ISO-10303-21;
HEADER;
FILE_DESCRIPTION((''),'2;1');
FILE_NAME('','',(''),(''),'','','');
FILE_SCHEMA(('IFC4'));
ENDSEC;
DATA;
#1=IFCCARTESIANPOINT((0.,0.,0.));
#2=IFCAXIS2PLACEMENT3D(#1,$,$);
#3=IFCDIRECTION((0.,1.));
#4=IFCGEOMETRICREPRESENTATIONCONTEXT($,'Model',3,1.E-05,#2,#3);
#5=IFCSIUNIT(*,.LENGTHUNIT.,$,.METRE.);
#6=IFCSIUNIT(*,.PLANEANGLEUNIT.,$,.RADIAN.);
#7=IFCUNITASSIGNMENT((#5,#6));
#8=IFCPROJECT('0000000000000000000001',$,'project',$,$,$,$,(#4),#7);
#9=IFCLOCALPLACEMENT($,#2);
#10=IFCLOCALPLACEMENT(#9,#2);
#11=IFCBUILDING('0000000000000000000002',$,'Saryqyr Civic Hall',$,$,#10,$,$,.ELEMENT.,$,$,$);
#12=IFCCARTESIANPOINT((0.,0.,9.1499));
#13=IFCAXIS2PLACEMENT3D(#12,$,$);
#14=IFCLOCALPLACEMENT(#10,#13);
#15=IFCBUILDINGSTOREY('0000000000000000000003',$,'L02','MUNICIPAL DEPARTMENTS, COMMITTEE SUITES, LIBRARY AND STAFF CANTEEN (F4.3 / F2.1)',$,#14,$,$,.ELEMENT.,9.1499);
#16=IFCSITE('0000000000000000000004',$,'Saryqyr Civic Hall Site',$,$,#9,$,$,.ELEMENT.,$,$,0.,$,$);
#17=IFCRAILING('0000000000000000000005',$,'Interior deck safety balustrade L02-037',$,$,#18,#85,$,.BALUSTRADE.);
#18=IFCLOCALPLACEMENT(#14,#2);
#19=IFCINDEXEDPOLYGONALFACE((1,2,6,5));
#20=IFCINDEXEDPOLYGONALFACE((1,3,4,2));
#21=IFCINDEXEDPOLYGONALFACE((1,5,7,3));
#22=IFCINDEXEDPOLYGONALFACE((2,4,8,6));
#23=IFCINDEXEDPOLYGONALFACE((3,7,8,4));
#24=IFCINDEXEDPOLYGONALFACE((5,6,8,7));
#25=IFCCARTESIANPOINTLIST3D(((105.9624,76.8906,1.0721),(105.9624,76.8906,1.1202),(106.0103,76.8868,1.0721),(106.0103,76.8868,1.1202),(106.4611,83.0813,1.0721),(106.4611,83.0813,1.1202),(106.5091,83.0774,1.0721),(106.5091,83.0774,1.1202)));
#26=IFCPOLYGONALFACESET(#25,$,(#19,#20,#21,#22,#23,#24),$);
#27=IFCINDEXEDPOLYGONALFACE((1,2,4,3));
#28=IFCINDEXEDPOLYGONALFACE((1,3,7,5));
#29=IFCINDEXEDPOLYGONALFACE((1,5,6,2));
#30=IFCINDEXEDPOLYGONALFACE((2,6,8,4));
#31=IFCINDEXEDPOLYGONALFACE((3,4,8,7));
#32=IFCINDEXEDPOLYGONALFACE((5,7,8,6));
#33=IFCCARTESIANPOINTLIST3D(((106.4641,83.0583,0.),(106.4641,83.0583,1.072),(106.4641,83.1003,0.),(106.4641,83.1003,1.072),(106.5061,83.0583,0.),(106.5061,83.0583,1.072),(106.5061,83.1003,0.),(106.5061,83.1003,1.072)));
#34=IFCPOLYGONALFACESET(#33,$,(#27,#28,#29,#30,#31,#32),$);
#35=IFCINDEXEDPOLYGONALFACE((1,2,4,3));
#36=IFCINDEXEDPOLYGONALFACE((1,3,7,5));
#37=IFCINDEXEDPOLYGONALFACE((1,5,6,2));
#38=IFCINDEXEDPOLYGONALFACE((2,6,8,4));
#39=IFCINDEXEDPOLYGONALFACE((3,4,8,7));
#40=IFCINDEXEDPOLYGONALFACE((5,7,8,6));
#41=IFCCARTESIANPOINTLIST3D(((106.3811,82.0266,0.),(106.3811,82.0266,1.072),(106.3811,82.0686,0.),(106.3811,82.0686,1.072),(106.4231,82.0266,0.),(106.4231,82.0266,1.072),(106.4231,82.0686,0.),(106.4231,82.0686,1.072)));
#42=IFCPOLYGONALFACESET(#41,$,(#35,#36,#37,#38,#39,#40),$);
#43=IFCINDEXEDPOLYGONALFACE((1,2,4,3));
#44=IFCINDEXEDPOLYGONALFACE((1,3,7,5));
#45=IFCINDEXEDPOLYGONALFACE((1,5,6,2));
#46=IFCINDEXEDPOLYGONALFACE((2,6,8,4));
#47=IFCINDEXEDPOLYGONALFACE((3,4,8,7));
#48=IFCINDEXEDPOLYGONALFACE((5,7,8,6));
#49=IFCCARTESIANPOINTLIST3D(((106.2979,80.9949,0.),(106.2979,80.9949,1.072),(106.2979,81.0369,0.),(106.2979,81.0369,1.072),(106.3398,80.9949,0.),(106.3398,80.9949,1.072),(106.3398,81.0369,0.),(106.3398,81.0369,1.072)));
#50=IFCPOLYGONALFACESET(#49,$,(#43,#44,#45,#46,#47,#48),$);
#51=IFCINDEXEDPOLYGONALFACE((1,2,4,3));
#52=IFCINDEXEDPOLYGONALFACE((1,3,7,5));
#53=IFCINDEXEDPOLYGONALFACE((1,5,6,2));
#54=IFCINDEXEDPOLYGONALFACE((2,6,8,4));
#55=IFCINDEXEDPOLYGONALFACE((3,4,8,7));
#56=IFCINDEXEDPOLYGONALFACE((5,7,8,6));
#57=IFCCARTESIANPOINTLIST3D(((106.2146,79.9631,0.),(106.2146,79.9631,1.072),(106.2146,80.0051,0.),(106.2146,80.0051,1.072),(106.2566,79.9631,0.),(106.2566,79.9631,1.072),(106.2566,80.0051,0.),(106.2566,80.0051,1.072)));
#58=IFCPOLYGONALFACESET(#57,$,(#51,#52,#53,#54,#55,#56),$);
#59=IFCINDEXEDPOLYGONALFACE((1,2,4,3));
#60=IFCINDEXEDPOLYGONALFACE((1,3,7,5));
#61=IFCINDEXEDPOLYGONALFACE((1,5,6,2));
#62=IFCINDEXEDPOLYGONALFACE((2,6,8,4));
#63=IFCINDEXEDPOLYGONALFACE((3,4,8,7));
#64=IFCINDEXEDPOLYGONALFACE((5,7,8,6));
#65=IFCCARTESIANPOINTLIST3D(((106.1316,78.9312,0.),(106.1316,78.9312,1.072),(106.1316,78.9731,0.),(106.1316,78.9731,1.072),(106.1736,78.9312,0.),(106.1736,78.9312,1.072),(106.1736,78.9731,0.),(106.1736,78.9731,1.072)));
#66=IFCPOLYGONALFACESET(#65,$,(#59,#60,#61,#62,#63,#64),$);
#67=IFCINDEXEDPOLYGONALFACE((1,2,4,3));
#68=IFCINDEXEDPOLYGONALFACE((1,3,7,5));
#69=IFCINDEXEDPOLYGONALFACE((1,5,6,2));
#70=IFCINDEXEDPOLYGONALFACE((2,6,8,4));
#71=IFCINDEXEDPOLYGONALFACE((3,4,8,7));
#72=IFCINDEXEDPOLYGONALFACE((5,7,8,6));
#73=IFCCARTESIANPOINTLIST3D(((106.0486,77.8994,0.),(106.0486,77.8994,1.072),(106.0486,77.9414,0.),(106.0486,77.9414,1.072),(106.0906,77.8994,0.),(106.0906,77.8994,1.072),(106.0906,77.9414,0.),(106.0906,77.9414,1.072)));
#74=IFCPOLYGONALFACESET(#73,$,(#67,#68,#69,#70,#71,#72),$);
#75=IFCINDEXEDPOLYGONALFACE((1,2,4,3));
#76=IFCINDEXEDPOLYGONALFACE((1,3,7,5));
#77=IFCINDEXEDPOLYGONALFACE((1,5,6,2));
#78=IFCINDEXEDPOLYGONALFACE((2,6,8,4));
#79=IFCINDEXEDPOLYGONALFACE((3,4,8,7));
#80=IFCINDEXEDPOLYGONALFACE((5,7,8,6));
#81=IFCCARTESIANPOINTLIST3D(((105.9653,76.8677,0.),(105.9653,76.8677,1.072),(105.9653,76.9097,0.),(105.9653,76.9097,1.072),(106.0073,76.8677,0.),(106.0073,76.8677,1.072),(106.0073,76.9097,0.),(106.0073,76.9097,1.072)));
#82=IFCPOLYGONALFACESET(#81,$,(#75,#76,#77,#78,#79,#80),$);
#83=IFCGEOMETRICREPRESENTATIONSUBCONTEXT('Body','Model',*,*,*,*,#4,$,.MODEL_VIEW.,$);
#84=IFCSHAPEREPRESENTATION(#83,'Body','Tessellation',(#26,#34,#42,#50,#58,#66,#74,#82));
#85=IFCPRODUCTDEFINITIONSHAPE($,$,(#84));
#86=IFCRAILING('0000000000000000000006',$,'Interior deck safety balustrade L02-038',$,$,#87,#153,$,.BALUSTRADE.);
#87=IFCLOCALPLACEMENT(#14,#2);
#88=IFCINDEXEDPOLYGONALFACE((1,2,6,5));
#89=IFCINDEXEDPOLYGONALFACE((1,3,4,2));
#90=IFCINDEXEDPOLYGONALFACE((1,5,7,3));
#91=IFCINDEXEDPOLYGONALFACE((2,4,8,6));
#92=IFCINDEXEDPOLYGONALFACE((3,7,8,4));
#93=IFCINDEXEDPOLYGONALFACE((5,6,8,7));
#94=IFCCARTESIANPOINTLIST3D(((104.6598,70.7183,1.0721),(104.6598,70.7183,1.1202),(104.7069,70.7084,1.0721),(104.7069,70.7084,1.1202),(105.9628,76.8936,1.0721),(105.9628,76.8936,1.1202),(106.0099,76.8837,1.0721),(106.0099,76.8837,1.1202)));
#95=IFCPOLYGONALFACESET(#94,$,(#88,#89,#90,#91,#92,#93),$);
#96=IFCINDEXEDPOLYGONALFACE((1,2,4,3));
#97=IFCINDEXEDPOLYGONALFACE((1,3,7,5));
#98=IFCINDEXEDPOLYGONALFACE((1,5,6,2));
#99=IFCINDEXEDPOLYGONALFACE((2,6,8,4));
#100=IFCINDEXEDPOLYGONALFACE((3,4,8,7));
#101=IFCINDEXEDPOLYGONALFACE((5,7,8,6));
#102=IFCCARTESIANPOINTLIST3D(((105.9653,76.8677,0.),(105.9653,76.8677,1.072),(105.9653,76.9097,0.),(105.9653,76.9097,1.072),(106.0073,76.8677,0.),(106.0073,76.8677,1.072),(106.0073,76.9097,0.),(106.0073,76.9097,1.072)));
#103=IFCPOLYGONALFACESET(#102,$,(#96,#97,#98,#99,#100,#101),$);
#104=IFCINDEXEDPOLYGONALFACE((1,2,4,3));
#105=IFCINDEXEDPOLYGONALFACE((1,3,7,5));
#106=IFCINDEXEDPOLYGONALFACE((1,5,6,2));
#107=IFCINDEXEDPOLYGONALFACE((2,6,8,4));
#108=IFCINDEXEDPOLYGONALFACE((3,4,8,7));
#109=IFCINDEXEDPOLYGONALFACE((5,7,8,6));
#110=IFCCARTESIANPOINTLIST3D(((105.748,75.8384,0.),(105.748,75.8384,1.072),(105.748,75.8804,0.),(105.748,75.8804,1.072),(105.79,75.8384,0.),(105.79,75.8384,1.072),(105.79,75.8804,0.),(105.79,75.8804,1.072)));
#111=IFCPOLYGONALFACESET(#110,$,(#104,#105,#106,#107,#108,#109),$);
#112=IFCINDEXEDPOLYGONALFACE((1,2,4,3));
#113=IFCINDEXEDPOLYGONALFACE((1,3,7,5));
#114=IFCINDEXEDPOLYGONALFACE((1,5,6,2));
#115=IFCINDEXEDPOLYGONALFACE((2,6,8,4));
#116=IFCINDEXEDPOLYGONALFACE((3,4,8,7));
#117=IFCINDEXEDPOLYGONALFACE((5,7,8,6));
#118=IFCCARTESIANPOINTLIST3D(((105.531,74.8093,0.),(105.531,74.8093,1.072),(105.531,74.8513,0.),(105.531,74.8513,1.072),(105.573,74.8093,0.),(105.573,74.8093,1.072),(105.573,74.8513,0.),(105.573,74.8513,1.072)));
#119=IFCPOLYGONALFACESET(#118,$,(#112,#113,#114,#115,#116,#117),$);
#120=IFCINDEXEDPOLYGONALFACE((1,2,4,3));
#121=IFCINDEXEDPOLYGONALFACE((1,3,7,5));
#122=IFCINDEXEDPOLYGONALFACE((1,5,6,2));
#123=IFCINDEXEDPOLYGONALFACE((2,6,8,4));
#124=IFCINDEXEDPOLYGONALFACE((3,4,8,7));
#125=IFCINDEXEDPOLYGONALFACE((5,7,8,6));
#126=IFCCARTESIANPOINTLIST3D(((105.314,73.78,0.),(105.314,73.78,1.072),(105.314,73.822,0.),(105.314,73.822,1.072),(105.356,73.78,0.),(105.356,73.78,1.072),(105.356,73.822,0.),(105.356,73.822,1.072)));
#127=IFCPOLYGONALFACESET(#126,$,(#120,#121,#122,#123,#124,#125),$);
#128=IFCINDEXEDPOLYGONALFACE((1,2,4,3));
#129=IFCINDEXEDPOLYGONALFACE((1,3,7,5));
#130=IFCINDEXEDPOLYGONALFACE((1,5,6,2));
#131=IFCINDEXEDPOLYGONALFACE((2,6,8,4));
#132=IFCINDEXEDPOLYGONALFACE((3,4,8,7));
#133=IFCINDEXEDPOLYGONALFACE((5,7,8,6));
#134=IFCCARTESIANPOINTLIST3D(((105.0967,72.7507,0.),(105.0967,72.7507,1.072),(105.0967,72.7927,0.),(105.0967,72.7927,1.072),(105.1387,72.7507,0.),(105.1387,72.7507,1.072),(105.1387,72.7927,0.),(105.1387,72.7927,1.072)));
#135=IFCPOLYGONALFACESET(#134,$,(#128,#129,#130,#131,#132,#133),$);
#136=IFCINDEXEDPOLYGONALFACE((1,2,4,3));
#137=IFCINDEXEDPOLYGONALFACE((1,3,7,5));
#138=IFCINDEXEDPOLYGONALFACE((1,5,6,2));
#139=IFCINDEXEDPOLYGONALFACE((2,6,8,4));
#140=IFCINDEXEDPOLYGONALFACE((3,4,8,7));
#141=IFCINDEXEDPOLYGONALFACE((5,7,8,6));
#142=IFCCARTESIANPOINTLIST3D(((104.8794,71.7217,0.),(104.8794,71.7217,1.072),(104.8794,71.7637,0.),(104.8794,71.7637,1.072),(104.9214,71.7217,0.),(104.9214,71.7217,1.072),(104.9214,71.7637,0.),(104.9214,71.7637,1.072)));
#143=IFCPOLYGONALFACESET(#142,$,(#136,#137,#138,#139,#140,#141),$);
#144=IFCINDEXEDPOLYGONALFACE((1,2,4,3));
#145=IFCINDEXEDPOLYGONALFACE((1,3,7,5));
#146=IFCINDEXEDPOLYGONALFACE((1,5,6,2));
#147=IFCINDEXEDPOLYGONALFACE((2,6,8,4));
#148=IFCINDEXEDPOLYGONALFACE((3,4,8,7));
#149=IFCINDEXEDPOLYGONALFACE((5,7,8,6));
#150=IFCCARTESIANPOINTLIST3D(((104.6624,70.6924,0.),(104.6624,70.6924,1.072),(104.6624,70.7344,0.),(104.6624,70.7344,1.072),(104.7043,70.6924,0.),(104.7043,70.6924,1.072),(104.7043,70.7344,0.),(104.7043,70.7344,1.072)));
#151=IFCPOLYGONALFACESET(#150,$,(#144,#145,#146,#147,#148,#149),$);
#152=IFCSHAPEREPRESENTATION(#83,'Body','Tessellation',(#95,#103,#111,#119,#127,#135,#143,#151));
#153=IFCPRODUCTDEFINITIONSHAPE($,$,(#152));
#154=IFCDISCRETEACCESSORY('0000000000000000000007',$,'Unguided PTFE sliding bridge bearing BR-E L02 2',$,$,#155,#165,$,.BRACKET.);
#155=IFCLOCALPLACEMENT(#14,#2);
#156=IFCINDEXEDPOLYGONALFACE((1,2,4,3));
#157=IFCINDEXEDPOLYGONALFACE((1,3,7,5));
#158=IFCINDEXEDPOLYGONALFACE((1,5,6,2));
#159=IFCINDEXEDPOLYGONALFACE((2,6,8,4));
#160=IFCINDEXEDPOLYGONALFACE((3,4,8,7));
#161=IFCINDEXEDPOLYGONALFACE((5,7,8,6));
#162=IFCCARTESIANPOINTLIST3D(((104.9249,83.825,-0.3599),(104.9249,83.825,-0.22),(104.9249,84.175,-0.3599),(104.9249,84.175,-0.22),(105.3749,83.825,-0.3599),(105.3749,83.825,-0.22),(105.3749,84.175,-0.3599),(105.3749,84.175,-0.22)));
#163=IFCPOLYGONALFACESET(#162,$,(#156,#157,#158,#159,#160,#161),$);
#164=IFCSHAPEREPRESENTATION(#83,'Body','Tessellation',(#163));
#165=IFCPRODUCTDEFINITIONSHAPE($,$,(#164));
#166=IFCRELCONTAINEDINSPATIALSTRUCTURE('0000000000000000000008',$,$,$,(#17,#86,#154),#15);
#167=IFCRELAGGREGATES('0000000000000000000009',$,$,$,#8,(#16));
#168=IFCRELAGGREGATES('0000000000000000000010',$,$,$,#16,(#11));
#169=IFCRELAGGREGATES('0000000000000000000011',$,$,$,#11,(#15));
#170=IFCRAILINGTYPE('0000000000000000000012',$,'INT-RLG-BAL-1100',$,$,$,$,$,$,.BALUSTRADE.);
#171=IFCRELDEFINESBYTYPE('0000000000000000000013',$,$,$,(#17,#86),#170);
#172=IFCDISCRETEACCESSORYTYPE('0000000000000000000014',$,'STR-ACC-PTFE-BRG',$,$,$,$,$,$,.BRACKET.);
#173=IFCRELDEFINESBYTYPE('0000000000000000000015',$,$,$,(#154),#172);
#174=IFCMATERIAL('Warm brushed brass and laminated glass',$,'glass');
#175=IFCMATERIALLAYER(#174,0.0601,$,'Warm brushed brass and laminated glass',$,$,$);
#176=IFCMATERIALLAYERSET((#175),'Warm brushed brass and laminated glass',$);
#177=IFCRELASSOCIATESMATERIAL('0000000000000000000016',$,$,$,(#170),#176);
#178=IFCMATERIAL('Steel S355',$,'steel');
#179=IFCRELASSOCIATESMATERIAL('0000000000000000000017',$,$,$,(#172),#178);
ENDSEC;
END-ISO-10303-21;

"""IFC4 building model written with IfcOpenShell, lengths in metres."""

from ifc_helpers import new_model, si_unit, direction, frame, origin, origin_2d, place, context, subcontext, project, spatial, rectangle, extrude, material, layer, layer_set, type_object, element, save


model = new_model("IFC4")

# Units and contexts
model_context = context("Model", 3, precision=1e-05, world=origin(), true_north=direction((0.0, 1.0)))
body_context = subcontext(model_context, "Body", "Model", "MODEL_VIEW")
ifc_project = project(units=[si_unit("LENGTHUNIT", "METRE"), si_unit("PLANEANGLEUNIT", "RADIAN")], contexts=[model_context])

# Site, building, storey
site_placement = place(None, origin())
site = spatial("IfcSite", under=ifc_project, at=site_placement, Name="Saryqyr Civic Hall Site", CompositionType="ELEMENT", RefElevation=0.0)
building_placement = place(site_placement, origin())
building = spatial("IfcBuilding", under=site, at=building_placement, Name="Saryqyr Civic Hall", CompositionType="ELEMENT")
storey_placement = place(building_placement, frame((0.0, 0.0, 9.1499)))
storey = spatial("IfcBuildingStorey", under=building, at=storey_placement, Name="L02", Description="MUNICIPAL DEPARTMENTS, COMMITTEE SUITES, LIBRARY AND STAFF CANTEEN (F4.3 / F2.1)", CompositionType="ELEMENT", Elevation=9.1499)

# Shared definitions
ifc_material_1 = material(Name="Steel S355", Category="steel")

# Railings
ifc_material_2 = material(Name="Warm brushed brass and laminated glass", Category="glass")
ifc_layer_1 = layer(ifc_material_2, 0.0601, Name="Warm brushed brass and laminated glass")
ifc_layer_set_1 = layer_set([ifc_layer_1], Name="Warm brushed brass and laminated glass")
railing_type = type_object("IfcRailingType", Name="INT-RLG-BAL-1100", PredefinedType="BALUSTRADE", material=ifc_layer_set_1)
railing_1_placement = place(storey_placement, frame((106.4851, 83.0793, 0.0)))
element("IfcRailing", 1, at=railing_1_placement, inside=storey, type_object=railing_type, Name="Interior deck safety balustrade L02-037", PredefinedType="BALUSTRADE", context=body_context, shape_type="SweptSolid", body=[
    extrude(rectangle(XDim=0.0481, YDim=0.0481, at=origin_2d()), frame((0.0, 0.0, 1.0962), z_axis=(-0.080309, -0.99677, 0.0), x_axis=(0.99677, -0.080309, 0.0)), (0.0, 0.0, 1.0), 6.2107),
    extrude(rectangle(XDim=0.042, YDim=0.042, at=origin_2d()), origin(), (0.0, 0.0, 1.0), 1.072),
    extrude(rectangle(XDim=0.042, YDim=0.042, at=origin_2d()), frame((-0.083, -1.0317, 0.0)), (0.0, 0.0, 1.0), 1.072),
    extrude(rectangle(XDim=0.042, YDim=0.042, at=origin_2d()), frame((-0.1663, -2.0635, 0.0)), (0.0, 0.0, 1.0), 1.072),
    extrude(rectangle(XDim=0.042, YDim=0.042, at=origin_2d()), frame((-0.2495, -3.0952, 0.0)), (0.0, 0.0, 1.0), 1.072),
    extrude(rectangle(XDim=0.042, YDim=0.042, at=origin_2d()), frame((-0.3325, -4.1272, 0.0)), (0.0, 0.0, 1.0), 1.072),
    extrude(rectangle(XDim=0.042, YDim=0.042, at=origin_2d()), frame((-0.4155, -5.1589, 0.0)), (0.0, 0.0, 1.0), 1.072),
    extrude(rectangle(XDim=0.042, YDim=0.042, at=origin_2d()), frame((-0.4988, -6.1907, 0.0)), (0.0, 0.0, 1.0), 1.072),
])
railing_2_placement = place(storey_placement, frame((105.9863, 76.8887, 0.0)))
element("IfcRailing", 2, at=railing_2_placement, inside=storey, type_object=railing_type, Name="Interior deck safety balustrade L02-038", PredefinedType="BALUSTRADE", context=body_context, shape_type="SweptSolid", body=[
    extrude(rectangle(XDim=0.0481, YDim=0.0481, at=origin_2d()), frame((0.0, 0.0, 1.0962), z_axis=(-0.206453, -0.978457, 0.0), x_axis=(0.978457, -0.206453, 0.0)), (0.0, 0.0, 1.0), 6.3113),
    extrude(rectangle(XDim=0.042, YDim=0.042, at=origin_2d()), origin(), (0.0, 0.0, 1.0), 1.072),
    extrude(rectangle(XDim=0.042, YDim=0.042, at=origin_2d()), frame((-0.2173, -1.0293, 0.0)), (0.0, 0.0, 1.0), 1.072),
    extrude(rectangle(XDim=0.042, YDim=0.042, at=origin_2d()), frame((-0.4343, -2.0583, 0.0)), (0.0, 0.0, 1.0), 1.072),
    extrude(rectangle(XDim=0.042, YDim=0.042, at=origin_2d()), frame((-0.6514, -3.0876, 0.0)), (0.0, 0.0, 1.0), 1.072),
    extrude(rectangle(XDim=0.042, YDim=0.042, at=origin_2d()), frame((-0.8687, -4.1169, 0.0)), (0.0, 0.0, 1.0), 1.072),
    extrude(rectangle(XDim=0.042, YDim=0.042, at=origin_2d()), frame((-1.0859, -5.146, 0.0)), (0.0, 0.0, 1.0), 1.072),
    extrude(rectangle(XDim=0.042, YDim=0.042, at=origin_2d()), frame((-1.303, -6.1753, 0.0)), (0.0, 0.0, 1.0), 1.072),
])

# Discrete accessory
discrete_accessory_type = type_object("IfcDiscreteAccessoryType", Name="STR-ACC-PTFE-BRG", PredefinedType="BRACKET", material=ifc_material_1)
discrete_accessory_placement = place(storey_placement, frame((105.1499, 84.0, -0.3599), z_axis=(0.0, 0.0, 1.0), x_axis=(1.0, 0.0, 0.0)))
element("IfcDiscreteAccessory", 3, at=discrete_accessory_placement, inside=storey, type_object=discrete_accessory_type, Name="Unguided PTFE sliding bridge bearing BR-E L02 2", PredefinedType="BRACKET", context=body_context, shape_type="SweptSolid", body=[
    extrude(rectangle(XDim=0.45, YDim=0.3501, at=origin_2d()), origin(), (0.0, 0.0, 1.0), 0.1399),
])

save(model, "model.ifc")
